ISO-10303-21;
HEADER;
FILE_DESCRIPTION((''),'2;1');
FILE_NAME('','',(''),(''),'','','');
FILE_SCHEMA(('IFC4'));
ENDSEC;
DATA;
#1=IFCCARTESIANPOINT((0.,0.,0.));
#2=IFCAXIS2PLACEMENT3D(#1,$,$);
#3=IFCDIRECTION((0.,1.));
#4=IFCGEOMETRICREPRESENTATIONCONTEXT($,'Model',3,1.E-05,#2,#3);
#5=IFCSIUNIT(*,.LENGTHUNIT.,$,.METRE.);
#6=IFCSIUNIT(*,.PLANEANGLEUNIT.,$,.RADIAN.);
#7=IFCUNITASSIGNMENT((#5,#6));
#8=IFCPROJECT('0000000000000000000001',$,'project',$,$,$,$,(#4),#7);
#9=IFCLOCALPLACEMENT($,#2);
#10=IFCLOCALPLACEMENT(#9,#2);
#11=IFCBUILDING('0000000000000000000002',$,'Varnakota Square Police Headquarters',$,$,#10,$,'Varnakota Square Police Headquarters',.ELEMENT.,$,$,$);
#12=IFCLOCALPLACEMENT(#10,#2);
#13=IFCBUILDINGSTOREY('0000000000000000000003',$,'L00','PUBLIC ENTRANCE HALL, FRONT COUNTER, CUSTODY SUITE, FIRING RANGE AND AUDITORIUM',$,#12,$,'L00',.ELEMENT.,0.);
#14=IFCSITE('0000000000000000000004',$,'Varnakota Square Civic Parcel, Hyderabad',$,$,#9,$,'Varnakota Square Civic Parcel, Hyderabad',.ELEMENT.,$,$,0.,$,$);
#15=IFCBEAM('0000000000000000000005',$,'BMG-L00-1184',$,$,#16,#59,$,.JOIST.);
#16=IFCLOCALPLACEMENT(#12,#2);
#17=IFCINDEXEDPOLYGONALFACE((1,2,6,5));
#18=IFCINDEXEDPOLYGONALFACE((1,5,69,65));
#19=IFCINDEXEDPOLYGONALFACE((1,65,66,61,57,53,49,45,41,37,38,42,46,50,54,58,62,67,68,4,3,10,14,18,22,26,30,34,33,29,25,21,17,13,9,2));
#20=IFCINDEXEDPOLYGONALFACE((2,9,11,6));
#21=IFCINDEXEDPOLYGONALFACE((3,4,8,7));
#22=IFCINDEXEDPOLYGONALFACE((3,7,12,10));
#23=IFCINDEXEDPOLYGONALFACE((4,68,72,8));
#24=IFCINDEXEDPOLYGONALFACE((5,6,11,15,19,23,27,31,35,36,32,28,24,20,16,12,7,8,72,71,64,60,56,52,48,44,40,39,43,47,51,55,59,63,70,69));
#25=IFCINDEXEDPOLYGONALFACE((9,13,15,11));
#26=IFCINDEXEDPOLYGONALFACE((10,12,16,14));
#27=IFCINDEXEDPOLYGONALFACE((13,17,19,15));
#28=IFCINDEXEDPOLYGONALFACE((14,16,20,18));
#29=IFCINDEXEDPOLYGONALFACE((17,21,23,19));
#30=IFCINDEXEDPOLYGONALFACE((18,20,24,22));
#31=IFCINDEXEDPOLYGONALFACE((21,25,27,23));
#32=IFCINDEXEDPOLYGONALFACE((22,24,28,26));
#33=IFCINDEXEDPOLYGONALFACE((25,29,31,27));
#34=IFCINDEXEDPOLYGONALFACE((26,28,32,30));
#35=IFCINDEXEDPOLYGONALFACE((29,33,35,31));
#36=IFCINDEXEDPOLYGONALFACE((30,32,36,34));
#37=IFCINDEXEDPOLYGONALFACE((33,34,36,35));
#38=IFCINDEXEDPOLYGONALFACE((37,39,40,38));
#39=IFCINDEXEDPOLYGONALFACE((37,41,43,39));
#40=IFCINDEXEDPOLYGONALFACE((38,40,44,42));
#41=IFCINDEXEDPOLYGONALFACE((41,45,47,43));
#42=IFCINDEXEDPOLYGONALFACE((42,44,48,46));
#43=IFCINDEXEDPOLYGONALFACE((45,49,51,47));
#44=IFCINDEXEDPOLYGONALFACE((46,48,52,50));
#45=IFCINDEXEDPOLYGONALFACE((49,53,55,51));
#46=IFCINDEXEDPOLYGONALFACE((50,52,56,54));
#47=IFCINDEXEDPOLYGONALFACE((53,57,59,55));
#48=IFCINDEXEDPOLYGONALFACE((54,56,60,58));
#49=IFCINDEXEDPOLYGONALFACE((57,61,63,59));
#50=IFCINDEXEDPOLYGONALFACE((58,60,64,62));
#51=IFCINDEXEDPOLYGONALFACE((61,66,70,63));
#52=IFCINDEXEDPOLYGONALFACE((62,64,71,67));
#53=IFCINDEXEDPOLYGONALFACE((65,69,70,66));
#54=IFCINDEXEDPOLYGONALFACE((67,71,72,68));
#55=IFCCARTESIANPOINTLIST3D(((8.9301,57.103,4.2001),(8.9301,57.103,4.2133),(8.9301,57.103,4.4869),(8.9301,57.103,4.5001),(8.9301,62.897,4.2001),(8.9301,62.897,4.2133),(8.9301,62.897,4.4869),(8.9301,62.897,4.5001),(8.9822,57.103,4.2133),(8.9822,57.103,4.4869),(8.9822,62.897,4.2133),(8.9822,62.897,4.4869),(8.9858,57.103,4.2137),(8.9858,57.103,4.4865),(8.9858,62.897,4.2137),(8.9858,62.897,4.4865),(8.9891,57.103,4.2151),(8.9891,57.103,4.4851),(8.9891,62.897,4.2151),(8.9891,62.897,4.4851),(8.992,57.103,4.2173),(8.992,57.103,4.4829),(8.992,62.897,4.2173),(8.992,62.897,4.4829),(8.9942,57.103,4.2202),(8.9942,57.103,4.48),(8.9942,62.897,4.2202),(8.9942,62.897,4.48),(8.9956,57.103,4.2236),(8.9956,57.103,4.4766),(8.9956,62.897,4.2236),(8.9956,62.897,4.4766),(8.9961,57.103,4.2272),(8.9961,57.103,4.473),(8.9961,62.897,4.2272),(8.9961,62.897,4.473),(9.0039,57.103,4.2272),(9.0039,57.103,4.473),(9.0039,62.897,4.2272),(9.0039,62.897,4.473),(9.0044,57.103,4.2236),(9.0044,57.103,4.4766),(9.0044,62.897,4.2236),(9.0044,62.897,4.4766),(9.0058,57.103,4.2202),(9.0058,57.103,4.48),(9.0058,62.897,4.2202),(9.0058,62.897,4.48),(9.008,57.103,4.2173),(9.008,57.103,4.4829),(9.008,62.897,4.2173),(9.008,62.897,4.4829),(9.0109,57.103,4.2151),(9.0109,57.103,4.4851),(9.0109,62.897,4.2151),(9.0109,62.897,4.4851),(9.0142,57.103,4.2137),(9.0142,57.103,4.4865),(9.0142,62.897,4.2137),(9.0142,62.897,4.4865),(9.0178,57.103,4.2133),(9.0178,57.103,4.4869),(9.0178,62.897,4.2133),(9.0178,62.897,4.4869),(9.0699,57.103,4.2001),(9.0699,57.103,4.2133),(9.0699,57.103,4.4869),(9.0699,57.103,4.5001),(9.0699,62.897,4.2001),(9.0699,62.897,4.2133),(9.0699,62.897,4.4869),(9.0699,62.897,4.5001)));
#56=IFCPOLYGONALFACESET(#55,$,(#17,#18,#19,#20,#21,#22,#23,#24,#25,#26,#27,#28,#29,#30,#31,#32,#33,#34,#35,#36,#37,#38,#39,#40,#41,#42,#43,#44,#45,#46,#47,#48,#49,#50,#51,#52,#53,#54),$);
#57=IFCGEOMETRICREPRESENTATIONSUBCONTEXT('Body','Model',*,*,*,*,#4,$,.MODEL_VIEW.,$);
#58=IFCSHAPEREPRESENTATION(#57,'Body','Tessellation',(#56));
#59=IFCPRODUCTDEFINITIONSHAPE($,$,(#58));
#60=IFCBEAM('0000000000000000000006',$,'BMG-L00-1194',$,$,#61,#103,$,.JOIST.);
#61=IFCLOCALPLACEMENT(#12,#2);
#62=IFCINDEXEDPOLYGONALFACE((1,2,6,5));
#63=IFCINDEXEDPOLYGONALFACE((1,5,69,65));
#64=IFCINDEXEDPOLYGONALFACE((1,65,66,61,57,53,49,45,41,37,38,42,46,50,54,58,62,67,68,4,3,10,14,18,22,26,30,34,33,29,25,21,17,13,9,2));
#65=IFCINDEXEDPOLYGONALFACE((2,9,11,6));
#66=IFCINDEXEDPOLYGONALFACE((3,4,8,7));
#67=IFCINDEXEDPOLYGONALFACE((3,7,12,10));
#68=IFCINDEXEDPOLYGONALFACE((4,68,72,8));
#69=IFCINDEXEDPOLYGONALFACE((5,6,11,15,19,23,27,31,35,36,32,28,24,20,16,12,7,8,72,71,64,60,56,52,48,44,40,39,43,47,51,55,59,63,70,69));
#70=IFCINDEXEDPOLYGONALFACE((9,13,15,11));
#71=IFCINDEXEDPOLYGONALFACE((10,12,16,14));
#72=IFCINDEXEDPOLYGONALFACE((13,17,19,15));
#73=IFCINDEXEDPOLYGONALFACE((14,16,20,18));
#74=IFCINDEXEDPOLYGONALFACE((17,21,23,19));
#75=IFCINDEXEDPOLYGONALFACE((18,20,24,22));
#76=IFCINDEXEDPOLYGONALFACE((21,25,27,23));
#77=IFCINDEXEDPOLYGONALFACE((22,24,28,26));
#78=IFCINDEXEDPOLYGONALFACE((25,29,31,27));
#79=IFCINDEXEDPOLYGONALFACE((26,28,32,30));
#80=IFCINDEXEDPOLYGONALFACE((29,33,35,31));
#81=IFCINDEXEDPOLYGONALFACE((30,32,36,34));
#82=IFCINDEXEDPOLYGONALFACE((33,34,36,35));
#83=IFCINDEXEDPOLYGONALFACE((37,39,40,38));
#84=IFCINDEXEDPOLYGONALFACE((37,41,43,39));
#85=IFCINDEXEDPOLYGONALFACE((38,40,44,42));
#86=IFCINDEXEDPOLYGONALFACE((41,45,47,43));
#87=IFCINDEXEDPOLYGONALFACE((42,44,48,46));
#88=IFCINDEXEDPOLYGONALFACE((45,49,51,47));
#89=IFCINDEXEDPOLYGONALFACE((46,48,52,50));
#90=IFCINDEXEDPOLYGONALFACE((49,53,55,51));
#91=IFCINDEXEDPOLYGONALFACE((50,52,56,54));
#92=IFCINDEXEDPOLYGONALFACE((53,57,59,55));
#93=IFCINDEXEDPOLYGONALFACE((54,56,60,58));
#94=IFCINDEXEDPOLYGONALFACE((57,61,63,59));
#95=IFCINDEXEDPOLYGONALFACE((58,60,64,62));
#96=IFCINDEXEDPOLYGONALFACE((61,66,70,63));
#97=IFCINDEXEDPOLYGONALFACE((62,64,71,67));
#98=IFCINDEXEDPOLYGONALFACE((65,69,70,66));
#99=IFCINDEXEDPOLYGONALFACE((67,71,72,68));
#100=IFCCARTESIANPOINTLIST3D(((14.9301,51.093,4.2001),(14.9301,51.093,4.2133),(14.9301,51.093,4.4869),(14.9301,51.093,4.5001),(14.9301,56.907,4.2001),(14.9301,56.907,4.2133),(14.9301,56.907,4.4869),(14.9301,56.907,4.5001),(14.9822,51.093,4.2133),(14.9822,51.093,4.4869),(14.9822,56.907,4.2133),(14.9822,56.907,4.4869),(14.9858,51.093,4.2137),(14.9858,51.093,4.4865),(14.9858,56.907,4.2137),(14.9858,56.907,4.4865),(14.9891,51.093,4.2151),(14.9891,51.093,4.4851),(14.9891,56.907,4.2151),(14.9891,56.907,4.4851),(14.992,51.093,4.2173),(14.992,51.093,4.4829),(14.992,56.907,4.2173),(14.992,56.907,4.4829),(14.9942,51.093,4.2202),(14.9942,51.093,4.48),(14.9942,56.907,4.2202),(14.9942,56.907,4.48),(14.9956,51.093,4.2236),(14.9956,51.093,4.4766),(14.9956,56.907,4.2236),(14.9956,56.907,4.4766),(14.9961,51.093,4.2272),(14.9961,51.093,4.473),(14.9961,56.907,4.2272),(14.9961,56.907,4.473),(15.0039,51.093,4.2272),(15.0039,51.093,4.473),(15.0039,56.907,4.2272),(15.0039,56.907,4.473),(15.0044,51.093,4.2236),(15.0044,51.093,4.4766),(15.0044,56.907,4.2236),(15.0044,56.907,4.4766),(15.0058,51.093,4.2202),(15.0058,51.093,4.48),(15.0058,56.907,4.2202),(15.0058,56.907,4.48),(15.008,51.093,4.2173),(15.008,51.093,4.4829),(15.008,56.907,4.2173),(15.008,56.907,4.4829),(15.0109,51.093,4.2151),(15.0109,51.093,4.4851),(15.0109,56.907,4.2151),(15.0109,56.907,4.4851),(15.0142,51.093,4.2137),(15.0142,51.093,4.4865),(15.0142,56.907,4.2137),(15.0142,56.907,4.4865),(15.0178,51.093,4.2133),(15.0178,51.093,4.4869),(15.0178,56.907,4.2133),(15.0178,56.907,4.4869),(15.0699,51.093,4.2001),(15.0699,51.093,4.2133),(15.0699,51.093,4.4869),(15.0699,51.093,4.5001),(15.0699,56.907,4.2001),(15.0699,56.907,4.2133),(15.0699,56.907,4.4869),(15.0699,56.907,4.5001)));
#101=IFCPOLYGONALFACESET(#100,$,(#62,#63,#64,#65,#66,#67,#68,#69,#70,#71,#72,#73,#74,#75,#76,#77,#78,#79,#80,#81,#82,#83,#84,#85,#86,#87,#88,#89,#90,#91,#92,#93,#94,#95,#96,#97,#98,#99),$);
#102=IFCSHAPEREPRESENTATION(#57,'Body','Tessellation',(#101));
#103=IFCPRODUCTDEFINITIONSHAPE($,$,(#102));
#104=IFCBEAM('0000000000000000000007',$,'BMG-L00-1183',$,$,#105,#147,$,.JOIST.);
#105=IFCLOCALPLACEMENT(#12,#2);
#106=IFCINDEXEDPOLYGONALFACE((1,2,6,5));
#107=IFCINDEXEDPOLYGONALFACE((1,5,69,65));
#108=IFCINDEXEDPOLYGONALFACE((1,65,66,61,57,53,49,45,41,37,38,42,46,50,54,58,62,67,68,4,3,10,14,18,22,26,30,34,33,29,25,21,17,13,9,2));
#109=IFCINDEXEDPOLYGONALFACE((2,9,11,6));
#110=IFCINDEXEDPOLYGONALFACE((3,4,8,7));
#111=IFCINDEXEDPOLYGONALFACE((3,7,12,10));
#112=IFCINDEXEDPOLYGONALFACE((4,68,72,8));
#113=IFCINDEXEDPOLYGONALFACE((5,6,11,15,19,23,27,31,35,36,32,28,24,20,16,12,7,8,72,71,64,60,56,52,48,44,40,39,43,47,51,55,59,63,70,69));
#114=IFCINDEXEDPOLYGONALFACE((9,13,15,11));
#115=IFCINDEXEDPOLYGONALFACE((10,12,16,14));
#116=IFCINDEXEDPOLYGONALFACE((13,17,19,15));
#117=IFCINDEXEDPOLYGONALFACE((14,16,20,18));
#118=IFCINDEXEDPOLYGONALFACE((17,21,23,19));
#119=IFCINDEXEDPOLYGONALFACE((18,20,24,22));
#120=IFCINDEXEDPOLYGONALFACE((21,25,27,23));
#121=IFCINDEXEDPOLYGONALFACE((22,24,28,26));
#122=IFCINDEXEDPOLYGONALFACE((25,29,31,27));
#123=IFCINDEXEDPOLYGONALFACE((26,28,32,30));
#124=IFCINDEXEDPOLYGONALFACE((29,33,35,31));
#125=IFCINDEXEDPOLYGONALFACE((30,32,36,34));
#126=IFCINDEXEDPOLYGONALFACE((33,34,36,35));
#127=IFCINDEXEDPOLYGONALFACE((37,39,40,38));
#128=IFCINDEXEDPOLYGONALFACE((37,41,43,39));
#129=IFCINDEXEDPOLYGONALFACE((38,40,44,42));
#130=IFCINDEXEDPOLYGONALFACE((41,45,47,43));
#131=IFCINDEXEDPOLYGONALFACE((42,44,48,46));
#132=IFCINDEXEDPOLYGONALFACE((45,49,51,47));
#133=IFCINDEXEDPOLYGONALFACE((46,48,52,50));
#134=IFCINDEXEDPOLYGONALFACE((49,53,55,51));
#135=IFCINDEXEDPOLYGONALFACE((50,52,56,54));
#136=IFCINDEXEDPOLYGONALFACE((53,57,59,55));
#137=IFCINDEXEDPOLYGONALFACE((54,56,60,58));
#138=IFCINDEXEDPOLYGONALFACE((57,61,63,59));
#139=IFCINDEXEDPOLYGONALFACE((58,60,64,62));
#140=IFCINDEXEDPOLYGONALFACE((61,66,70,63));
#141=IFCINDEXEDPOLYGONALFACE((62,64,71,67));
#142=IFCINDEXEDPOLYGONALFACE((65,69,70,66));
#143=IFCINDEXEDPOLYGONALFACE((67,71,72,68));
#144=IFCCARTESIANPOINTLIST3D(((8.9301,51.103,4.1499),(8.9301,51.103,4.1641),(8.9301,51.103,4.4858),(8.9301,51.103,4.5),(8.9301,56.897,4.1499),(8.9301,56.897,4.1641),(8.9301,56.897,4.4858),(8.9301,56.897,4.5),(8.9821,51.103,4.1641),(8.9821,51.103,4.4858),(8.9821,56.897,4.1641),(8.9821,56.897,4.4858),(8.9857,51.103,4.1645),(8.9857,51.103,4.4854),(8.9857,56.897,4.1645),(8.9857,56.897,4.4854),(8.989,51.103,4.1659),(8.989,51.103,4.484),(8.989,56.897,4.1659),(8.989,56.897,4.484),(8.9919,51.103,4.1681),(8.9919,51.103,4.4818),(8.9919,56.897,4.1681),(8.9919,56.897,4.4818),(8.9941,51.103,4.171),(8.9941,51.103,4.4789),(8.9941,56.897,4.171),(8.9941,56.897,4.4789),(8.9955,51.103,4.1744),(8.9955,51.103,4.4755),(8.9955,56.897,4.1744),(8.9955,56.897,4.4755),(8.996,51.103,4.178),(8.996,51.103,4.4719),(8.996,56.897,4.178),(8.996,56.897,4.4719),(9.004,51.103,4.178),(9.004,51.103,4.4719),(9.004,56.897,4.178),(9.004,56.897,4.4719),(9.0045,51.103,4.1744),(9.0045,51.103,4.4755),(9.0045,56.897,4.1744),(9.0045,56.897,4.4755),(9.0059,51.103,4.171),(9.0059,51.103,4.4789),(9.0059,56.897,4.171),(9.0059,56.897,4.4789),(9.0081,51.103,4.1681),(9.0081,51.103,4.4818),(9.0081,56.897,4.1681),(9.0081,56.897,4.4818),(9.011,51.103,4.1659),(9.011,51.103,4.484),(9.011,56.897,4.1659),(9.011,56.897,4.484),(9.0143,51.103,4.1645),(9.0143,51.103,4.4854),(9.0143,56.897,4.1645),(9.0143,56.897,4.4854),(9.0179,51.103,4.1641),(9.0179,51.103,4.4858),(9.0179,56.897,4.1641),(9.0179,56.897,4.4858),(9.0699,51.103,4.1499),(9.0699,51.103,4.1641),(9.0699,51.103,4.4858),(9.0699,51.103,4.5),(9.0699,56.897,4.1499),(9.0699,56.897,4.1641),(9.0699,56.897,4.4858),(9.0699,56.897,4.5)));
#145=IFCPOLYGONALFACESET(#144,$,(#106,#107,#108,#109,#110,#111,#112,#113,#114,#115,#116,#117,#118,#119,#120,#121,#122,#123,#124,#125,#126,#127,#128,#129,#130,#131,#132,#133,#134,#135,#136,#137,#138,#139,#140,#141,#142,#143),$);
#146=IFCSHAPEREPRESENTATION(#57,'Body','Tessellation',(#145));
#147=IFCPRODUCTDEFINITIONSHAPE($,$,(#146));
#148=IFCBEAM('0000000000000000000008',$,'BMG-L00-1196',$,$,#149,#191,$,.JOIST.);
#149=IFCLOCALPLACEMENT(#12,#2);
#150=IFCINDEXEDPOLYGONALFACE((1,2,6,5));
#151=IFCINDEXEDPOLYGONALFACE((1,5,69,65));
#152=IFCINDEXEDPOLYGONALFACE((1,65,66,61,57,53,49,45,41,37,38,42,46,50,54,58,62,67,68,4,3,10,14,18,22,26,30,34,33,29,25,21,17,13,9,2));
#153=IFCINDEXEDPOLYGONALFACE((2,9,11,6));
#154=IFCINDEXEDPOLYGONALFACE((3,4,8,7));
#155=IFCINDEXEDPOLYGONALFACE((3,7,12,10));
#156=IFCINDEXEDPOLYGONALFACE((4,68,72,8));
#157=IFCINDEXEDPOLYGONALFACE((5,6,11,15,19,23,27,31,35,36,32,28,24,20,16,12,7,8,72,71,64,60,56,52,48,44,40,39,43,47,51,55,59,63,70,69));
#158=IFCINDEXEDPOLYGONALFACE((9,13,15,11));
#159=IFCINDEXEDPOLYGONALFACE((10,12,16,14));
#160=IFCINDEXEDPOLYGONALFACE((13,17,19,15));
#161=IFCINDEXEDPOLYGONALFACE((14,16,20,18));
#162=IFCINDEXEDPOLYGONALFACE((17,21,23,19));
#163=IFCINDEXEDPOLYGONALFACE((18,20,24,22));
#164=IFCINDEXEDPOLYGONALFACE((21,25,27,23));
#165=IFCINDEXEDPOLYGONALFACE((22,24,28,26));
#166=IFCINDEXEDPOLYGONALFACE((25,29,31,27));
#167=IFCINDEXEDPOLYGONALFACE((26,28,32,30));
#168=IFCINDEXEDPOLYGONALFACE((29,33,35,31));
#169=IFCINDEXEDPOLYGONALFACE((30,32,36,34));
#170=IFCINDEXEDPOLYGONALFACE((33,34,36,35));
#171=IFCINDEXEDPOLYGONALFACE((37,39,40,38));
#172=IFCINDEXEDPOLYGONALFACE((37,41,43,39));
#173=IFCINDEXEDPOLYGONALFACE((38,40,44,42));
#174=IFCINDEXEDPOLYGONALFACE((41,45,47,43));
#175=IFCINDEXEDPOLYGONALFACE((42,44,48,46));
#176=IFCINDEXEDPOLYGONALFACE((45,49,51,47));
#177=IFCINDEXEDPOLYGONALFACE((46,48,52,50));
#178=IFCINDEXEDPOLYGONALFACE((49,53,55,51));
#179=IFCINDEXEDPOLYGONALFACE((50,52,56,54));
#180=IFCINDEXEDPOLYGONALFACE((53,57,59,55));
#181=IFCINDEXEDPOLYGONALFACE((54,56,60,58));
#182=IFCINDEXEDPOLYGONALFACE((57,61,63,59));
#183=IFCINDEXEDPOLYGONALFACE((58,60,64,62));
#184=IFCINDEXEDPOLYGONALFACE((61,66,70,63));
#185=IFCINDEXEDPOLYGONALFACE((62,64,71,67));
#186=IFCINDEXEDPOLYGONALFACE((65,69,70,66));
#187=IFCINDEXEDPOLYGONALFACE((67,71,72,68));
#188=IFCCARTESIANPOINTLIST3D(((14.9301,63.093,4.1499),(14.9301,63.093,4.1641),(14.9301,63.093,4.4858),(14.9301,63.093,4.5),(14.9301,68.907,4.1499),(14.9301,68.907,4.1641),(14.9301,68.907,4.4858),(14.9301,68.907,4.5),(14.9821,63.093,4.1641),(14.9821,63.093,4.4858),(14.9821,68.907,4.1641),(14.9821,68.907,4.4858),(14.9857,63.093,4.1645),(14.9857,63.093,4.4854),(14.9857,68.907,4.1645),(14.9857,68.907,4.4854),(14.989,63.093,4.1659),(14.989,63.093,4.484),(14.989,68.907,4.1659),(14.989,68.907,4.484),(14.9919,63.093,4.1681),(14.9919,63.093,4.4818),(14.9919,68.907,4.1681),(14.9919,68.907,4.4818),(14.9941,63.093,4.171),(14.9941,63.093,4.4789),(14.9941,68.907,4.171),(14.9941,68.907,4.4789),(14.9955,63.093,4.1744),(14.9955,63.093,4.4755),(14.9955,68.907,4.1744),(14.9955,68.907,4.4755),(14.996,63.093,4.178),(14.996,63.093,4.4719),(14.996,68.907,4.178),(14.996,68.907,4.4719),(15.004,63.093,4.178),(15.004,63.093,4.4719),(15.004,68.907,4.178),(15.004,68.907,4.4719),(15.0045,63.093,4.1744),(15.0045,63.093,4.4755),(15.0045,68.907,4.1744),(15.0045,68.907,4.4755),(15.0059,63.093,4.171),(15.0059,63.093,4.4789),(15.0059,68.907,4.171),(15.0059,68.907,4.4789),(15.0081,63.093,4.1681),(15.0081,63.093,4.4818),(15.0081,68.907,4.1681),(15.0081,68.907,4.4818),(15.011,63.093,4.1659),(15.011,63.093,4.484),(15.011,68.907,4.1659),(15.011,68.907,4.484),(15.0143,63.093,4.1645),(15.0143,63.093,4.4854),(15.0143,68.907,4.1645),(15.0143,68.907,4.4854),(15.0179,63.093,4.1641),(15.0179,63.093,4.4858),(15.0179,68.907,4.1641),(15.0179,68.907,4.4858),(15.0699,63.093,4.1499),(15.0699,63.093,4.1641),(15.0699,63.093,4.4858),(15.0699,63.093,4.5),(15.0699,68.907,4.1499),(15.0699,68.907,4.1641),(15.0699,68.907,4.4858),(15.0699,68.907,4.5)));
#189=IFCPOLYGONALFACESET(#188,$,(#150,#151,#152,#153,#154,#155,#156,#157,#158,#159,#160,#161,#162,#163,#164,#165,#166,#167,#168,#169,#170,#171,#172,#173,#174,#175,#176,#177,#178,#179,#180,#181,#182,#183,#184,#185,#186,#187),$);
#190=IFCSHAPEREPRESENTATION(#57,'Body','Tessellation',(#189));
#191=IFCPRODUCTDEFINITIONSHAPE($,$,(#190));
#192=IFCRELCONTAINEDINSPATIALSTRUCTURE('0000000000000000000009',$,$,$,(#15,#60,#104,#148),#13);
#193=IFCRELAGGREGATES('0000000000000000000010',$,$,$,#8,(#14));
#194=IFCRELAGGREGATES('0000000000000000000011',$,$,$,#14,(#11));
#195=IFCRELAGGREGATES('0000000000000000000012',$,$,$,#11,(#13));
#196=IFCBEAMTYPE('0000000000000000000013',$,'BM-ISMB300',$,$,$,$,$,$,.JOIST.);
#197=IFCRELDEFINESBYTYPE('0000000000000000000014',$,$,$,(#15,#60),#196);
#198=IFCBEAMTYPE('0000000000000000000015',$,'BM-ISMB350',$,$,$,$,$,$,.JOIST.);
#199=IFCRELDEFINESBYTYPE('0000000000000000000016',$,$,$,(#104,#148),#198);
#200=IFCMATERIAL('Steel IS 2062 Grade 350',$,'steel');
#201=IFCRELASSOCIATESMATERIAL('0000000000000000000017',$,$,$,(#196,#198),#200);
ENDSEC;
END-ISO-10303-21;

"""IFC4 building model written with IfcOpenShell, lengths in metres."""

from ifc_helpers import new_model, si_unit, direction, frame, origin, origin_2d, place, context, subcontext, project, spatial, i_section, extrude, material, material_profile, profile_set, type_object, element, save


model = new_model("IFC4")

# Units and contexts
model_context = context("Model", 3, precision=1e-05, world=origin(), true_north=direction((0.0, 1.0)))
body_context = subcontext(model_context, "Body", "Model", "MODEL_VIEW")
ifc_project = project(units=[si_unit("LENGTHUNIT", "METRE"), si_unit("PLANEANGLEUNIT", "RADIAN")], contexts=[model_context])

# Site, building, storey
site_placement = place(None, origin())
site = spatial("IfcSite", under=ifc_project, at=site_placement, Name="Varnakota Square Civic Parcel, Hyderabad", LongName="Varnakota Square Civic Parcel, Hyderabad", CompositionType="ELEMENT", RefElevation=0.0)
building_placement = place(site_placement, origin())
building = spatial("IfcBuilding", under=site, at=building_placement, Name="Varnakota Square Police Headquarters", LongName="Varnakota Square Police Headquarters", CompositionType="ELEMENT")
storey_placement = place(building_placement, origin())
storey = spatial("IfcBuildingStorey", under=building, at=storey_placement, Name="L00", Description="PUBLIC ENTRANCE HALL, FRONT COUNTER, CUSTODY SUITE, FIRING RANGE AND AUDITORIUM", LongName="L00", CompositionType="ELEMENT", Elevation=0.0)

# Beams
ifc_material_1 = material(Name="Steel IS 2062 Grade 350", Category="steel")
ifc_material_profile_1 = material_profile(ifc_material_1, i_section(OverallWidth=0.1399, OverallDepth=0.3, WebThickness=0.0078, FlangeThickness=0.0132, FilletRadius=0.0139, at=origin_2d()), Name="ISMB 300")
ifc_profile_set_1 = profile_set([ifc_material_profile_1], Name="Steel IS 2062 Grade 350")
beam_type_1 = type_object("IfcBeamType", Name="BM-ISMB300", PredefinedType="JOIST", material=ifc_profile_set_1)
beam_1_placement = place(storey_placement, frame((9.0, 57.103, 4.3501), z_axis=(0.0, 1.0, 0.0), x_axis=(-1.0, 0.0, 0.0)))
element("IfcBeam", 1, at=beam_1_placement, inside=storey, type_object=beam_type_1, Name="BMG-L00-1184", PredefinedType="JOIST", context=body_context, shape_type="SweptSolid", body=[
    extrude(i_section(OverallWidth=0.1399, OverallDepth=0.3, WebThickness=0.0078, FlangeThickness=0.0132, FilletRadius=0.0139, at=origin_2d()), origin(), (0.0, 0.0, 1.0), 5.7939),
])
beam_2_placement = place(storey_placement, frame((15.0, 51.093, 4.3501), z_axis=(0.0, 1.0, 0.0), x_axis=(-1.0, 0.0, 0.0)))
element("IfcBeam", 2, at=beam_2_placement, inside=storey, type_object=beam_type_1, Name="BMG-L00-1194", PredefinedType="JOIST", context=body_context, shape_type="SweptSolid", body=[
    extrude(i_section(OverallWidth=0.1399, OverallDepth=0.3, WebThickness=0.0078, FlangeThickness=0.0132, FilletRadius=0.0139, at=origin_2d()), origin(), (0.0, 0.0, 1.0), 5.814),
])
ifc_material_profile_2 = material_profile(ifc_material_1, i_section(OverallWidth=0.1399, OverallDepth=0.3501, WebThickness=0.0081, FlangeThickness=0.0142, FilletRadius=0.0139, at=origin_2d()), Name="ISMB 350")
ifc_profile_set_2 = profile_set([ifc_material_profile_2], Name="Steel IS 2062 Grade 350")
beam_type_2 = type_object("IfcBeamType", Name="BM-ISMB350", PredefinedType="JOIST", material=ifc_profile_set_2)
beam_3_placement = place(storey_placement, frame((9.0, 51.103, 4.325), z_axis=(0.0, 1.0, 0.0), x_axis=(-1.0, 0.0, 0.0)))
element("IfcBeam", 3, at=beam_3_placement, inside=storey, type_object=beam_type_2, Name="BMG-L00-1183", PredefinedType="JOIST", context=body_context, shape_type="SweptSolid", body=[
    extrude(i_section(OverallWidth=0.1399, OverallDepth=0.3501, WebThickness=0.0081, FlangeThickness=0.0142, FilletRadius=0.0139, at=origin_2d()), origin(), (0.0, 0.0, 1.0), 5.7939),
])
beam_4_placement = place(storey_placement, frame((15.0, 63.093, 4.325), z_axis=(0.0, 1.0, 0.0), x_axis=(-1.0, 0.0, 0.0)))
element("IfcBeam", 4, at=beam_4_placement, inside=storey, type_object=beam_type_2, Name="BMG-L00-1196", PredefinedType="JOIST", context=body_context, shape_type="SweptSolid", body=[
    extrude(i_section(OverallWidth=0.1399, OverallDepth=0.3501, WebThickness=0.0081, FlangeThickness=0.0142, FilletRadius=0.0139, at=origin_2d()), origin(), (0.0, 0.0, 1.0), 5.814),
])

save(model, "model.ifc")
